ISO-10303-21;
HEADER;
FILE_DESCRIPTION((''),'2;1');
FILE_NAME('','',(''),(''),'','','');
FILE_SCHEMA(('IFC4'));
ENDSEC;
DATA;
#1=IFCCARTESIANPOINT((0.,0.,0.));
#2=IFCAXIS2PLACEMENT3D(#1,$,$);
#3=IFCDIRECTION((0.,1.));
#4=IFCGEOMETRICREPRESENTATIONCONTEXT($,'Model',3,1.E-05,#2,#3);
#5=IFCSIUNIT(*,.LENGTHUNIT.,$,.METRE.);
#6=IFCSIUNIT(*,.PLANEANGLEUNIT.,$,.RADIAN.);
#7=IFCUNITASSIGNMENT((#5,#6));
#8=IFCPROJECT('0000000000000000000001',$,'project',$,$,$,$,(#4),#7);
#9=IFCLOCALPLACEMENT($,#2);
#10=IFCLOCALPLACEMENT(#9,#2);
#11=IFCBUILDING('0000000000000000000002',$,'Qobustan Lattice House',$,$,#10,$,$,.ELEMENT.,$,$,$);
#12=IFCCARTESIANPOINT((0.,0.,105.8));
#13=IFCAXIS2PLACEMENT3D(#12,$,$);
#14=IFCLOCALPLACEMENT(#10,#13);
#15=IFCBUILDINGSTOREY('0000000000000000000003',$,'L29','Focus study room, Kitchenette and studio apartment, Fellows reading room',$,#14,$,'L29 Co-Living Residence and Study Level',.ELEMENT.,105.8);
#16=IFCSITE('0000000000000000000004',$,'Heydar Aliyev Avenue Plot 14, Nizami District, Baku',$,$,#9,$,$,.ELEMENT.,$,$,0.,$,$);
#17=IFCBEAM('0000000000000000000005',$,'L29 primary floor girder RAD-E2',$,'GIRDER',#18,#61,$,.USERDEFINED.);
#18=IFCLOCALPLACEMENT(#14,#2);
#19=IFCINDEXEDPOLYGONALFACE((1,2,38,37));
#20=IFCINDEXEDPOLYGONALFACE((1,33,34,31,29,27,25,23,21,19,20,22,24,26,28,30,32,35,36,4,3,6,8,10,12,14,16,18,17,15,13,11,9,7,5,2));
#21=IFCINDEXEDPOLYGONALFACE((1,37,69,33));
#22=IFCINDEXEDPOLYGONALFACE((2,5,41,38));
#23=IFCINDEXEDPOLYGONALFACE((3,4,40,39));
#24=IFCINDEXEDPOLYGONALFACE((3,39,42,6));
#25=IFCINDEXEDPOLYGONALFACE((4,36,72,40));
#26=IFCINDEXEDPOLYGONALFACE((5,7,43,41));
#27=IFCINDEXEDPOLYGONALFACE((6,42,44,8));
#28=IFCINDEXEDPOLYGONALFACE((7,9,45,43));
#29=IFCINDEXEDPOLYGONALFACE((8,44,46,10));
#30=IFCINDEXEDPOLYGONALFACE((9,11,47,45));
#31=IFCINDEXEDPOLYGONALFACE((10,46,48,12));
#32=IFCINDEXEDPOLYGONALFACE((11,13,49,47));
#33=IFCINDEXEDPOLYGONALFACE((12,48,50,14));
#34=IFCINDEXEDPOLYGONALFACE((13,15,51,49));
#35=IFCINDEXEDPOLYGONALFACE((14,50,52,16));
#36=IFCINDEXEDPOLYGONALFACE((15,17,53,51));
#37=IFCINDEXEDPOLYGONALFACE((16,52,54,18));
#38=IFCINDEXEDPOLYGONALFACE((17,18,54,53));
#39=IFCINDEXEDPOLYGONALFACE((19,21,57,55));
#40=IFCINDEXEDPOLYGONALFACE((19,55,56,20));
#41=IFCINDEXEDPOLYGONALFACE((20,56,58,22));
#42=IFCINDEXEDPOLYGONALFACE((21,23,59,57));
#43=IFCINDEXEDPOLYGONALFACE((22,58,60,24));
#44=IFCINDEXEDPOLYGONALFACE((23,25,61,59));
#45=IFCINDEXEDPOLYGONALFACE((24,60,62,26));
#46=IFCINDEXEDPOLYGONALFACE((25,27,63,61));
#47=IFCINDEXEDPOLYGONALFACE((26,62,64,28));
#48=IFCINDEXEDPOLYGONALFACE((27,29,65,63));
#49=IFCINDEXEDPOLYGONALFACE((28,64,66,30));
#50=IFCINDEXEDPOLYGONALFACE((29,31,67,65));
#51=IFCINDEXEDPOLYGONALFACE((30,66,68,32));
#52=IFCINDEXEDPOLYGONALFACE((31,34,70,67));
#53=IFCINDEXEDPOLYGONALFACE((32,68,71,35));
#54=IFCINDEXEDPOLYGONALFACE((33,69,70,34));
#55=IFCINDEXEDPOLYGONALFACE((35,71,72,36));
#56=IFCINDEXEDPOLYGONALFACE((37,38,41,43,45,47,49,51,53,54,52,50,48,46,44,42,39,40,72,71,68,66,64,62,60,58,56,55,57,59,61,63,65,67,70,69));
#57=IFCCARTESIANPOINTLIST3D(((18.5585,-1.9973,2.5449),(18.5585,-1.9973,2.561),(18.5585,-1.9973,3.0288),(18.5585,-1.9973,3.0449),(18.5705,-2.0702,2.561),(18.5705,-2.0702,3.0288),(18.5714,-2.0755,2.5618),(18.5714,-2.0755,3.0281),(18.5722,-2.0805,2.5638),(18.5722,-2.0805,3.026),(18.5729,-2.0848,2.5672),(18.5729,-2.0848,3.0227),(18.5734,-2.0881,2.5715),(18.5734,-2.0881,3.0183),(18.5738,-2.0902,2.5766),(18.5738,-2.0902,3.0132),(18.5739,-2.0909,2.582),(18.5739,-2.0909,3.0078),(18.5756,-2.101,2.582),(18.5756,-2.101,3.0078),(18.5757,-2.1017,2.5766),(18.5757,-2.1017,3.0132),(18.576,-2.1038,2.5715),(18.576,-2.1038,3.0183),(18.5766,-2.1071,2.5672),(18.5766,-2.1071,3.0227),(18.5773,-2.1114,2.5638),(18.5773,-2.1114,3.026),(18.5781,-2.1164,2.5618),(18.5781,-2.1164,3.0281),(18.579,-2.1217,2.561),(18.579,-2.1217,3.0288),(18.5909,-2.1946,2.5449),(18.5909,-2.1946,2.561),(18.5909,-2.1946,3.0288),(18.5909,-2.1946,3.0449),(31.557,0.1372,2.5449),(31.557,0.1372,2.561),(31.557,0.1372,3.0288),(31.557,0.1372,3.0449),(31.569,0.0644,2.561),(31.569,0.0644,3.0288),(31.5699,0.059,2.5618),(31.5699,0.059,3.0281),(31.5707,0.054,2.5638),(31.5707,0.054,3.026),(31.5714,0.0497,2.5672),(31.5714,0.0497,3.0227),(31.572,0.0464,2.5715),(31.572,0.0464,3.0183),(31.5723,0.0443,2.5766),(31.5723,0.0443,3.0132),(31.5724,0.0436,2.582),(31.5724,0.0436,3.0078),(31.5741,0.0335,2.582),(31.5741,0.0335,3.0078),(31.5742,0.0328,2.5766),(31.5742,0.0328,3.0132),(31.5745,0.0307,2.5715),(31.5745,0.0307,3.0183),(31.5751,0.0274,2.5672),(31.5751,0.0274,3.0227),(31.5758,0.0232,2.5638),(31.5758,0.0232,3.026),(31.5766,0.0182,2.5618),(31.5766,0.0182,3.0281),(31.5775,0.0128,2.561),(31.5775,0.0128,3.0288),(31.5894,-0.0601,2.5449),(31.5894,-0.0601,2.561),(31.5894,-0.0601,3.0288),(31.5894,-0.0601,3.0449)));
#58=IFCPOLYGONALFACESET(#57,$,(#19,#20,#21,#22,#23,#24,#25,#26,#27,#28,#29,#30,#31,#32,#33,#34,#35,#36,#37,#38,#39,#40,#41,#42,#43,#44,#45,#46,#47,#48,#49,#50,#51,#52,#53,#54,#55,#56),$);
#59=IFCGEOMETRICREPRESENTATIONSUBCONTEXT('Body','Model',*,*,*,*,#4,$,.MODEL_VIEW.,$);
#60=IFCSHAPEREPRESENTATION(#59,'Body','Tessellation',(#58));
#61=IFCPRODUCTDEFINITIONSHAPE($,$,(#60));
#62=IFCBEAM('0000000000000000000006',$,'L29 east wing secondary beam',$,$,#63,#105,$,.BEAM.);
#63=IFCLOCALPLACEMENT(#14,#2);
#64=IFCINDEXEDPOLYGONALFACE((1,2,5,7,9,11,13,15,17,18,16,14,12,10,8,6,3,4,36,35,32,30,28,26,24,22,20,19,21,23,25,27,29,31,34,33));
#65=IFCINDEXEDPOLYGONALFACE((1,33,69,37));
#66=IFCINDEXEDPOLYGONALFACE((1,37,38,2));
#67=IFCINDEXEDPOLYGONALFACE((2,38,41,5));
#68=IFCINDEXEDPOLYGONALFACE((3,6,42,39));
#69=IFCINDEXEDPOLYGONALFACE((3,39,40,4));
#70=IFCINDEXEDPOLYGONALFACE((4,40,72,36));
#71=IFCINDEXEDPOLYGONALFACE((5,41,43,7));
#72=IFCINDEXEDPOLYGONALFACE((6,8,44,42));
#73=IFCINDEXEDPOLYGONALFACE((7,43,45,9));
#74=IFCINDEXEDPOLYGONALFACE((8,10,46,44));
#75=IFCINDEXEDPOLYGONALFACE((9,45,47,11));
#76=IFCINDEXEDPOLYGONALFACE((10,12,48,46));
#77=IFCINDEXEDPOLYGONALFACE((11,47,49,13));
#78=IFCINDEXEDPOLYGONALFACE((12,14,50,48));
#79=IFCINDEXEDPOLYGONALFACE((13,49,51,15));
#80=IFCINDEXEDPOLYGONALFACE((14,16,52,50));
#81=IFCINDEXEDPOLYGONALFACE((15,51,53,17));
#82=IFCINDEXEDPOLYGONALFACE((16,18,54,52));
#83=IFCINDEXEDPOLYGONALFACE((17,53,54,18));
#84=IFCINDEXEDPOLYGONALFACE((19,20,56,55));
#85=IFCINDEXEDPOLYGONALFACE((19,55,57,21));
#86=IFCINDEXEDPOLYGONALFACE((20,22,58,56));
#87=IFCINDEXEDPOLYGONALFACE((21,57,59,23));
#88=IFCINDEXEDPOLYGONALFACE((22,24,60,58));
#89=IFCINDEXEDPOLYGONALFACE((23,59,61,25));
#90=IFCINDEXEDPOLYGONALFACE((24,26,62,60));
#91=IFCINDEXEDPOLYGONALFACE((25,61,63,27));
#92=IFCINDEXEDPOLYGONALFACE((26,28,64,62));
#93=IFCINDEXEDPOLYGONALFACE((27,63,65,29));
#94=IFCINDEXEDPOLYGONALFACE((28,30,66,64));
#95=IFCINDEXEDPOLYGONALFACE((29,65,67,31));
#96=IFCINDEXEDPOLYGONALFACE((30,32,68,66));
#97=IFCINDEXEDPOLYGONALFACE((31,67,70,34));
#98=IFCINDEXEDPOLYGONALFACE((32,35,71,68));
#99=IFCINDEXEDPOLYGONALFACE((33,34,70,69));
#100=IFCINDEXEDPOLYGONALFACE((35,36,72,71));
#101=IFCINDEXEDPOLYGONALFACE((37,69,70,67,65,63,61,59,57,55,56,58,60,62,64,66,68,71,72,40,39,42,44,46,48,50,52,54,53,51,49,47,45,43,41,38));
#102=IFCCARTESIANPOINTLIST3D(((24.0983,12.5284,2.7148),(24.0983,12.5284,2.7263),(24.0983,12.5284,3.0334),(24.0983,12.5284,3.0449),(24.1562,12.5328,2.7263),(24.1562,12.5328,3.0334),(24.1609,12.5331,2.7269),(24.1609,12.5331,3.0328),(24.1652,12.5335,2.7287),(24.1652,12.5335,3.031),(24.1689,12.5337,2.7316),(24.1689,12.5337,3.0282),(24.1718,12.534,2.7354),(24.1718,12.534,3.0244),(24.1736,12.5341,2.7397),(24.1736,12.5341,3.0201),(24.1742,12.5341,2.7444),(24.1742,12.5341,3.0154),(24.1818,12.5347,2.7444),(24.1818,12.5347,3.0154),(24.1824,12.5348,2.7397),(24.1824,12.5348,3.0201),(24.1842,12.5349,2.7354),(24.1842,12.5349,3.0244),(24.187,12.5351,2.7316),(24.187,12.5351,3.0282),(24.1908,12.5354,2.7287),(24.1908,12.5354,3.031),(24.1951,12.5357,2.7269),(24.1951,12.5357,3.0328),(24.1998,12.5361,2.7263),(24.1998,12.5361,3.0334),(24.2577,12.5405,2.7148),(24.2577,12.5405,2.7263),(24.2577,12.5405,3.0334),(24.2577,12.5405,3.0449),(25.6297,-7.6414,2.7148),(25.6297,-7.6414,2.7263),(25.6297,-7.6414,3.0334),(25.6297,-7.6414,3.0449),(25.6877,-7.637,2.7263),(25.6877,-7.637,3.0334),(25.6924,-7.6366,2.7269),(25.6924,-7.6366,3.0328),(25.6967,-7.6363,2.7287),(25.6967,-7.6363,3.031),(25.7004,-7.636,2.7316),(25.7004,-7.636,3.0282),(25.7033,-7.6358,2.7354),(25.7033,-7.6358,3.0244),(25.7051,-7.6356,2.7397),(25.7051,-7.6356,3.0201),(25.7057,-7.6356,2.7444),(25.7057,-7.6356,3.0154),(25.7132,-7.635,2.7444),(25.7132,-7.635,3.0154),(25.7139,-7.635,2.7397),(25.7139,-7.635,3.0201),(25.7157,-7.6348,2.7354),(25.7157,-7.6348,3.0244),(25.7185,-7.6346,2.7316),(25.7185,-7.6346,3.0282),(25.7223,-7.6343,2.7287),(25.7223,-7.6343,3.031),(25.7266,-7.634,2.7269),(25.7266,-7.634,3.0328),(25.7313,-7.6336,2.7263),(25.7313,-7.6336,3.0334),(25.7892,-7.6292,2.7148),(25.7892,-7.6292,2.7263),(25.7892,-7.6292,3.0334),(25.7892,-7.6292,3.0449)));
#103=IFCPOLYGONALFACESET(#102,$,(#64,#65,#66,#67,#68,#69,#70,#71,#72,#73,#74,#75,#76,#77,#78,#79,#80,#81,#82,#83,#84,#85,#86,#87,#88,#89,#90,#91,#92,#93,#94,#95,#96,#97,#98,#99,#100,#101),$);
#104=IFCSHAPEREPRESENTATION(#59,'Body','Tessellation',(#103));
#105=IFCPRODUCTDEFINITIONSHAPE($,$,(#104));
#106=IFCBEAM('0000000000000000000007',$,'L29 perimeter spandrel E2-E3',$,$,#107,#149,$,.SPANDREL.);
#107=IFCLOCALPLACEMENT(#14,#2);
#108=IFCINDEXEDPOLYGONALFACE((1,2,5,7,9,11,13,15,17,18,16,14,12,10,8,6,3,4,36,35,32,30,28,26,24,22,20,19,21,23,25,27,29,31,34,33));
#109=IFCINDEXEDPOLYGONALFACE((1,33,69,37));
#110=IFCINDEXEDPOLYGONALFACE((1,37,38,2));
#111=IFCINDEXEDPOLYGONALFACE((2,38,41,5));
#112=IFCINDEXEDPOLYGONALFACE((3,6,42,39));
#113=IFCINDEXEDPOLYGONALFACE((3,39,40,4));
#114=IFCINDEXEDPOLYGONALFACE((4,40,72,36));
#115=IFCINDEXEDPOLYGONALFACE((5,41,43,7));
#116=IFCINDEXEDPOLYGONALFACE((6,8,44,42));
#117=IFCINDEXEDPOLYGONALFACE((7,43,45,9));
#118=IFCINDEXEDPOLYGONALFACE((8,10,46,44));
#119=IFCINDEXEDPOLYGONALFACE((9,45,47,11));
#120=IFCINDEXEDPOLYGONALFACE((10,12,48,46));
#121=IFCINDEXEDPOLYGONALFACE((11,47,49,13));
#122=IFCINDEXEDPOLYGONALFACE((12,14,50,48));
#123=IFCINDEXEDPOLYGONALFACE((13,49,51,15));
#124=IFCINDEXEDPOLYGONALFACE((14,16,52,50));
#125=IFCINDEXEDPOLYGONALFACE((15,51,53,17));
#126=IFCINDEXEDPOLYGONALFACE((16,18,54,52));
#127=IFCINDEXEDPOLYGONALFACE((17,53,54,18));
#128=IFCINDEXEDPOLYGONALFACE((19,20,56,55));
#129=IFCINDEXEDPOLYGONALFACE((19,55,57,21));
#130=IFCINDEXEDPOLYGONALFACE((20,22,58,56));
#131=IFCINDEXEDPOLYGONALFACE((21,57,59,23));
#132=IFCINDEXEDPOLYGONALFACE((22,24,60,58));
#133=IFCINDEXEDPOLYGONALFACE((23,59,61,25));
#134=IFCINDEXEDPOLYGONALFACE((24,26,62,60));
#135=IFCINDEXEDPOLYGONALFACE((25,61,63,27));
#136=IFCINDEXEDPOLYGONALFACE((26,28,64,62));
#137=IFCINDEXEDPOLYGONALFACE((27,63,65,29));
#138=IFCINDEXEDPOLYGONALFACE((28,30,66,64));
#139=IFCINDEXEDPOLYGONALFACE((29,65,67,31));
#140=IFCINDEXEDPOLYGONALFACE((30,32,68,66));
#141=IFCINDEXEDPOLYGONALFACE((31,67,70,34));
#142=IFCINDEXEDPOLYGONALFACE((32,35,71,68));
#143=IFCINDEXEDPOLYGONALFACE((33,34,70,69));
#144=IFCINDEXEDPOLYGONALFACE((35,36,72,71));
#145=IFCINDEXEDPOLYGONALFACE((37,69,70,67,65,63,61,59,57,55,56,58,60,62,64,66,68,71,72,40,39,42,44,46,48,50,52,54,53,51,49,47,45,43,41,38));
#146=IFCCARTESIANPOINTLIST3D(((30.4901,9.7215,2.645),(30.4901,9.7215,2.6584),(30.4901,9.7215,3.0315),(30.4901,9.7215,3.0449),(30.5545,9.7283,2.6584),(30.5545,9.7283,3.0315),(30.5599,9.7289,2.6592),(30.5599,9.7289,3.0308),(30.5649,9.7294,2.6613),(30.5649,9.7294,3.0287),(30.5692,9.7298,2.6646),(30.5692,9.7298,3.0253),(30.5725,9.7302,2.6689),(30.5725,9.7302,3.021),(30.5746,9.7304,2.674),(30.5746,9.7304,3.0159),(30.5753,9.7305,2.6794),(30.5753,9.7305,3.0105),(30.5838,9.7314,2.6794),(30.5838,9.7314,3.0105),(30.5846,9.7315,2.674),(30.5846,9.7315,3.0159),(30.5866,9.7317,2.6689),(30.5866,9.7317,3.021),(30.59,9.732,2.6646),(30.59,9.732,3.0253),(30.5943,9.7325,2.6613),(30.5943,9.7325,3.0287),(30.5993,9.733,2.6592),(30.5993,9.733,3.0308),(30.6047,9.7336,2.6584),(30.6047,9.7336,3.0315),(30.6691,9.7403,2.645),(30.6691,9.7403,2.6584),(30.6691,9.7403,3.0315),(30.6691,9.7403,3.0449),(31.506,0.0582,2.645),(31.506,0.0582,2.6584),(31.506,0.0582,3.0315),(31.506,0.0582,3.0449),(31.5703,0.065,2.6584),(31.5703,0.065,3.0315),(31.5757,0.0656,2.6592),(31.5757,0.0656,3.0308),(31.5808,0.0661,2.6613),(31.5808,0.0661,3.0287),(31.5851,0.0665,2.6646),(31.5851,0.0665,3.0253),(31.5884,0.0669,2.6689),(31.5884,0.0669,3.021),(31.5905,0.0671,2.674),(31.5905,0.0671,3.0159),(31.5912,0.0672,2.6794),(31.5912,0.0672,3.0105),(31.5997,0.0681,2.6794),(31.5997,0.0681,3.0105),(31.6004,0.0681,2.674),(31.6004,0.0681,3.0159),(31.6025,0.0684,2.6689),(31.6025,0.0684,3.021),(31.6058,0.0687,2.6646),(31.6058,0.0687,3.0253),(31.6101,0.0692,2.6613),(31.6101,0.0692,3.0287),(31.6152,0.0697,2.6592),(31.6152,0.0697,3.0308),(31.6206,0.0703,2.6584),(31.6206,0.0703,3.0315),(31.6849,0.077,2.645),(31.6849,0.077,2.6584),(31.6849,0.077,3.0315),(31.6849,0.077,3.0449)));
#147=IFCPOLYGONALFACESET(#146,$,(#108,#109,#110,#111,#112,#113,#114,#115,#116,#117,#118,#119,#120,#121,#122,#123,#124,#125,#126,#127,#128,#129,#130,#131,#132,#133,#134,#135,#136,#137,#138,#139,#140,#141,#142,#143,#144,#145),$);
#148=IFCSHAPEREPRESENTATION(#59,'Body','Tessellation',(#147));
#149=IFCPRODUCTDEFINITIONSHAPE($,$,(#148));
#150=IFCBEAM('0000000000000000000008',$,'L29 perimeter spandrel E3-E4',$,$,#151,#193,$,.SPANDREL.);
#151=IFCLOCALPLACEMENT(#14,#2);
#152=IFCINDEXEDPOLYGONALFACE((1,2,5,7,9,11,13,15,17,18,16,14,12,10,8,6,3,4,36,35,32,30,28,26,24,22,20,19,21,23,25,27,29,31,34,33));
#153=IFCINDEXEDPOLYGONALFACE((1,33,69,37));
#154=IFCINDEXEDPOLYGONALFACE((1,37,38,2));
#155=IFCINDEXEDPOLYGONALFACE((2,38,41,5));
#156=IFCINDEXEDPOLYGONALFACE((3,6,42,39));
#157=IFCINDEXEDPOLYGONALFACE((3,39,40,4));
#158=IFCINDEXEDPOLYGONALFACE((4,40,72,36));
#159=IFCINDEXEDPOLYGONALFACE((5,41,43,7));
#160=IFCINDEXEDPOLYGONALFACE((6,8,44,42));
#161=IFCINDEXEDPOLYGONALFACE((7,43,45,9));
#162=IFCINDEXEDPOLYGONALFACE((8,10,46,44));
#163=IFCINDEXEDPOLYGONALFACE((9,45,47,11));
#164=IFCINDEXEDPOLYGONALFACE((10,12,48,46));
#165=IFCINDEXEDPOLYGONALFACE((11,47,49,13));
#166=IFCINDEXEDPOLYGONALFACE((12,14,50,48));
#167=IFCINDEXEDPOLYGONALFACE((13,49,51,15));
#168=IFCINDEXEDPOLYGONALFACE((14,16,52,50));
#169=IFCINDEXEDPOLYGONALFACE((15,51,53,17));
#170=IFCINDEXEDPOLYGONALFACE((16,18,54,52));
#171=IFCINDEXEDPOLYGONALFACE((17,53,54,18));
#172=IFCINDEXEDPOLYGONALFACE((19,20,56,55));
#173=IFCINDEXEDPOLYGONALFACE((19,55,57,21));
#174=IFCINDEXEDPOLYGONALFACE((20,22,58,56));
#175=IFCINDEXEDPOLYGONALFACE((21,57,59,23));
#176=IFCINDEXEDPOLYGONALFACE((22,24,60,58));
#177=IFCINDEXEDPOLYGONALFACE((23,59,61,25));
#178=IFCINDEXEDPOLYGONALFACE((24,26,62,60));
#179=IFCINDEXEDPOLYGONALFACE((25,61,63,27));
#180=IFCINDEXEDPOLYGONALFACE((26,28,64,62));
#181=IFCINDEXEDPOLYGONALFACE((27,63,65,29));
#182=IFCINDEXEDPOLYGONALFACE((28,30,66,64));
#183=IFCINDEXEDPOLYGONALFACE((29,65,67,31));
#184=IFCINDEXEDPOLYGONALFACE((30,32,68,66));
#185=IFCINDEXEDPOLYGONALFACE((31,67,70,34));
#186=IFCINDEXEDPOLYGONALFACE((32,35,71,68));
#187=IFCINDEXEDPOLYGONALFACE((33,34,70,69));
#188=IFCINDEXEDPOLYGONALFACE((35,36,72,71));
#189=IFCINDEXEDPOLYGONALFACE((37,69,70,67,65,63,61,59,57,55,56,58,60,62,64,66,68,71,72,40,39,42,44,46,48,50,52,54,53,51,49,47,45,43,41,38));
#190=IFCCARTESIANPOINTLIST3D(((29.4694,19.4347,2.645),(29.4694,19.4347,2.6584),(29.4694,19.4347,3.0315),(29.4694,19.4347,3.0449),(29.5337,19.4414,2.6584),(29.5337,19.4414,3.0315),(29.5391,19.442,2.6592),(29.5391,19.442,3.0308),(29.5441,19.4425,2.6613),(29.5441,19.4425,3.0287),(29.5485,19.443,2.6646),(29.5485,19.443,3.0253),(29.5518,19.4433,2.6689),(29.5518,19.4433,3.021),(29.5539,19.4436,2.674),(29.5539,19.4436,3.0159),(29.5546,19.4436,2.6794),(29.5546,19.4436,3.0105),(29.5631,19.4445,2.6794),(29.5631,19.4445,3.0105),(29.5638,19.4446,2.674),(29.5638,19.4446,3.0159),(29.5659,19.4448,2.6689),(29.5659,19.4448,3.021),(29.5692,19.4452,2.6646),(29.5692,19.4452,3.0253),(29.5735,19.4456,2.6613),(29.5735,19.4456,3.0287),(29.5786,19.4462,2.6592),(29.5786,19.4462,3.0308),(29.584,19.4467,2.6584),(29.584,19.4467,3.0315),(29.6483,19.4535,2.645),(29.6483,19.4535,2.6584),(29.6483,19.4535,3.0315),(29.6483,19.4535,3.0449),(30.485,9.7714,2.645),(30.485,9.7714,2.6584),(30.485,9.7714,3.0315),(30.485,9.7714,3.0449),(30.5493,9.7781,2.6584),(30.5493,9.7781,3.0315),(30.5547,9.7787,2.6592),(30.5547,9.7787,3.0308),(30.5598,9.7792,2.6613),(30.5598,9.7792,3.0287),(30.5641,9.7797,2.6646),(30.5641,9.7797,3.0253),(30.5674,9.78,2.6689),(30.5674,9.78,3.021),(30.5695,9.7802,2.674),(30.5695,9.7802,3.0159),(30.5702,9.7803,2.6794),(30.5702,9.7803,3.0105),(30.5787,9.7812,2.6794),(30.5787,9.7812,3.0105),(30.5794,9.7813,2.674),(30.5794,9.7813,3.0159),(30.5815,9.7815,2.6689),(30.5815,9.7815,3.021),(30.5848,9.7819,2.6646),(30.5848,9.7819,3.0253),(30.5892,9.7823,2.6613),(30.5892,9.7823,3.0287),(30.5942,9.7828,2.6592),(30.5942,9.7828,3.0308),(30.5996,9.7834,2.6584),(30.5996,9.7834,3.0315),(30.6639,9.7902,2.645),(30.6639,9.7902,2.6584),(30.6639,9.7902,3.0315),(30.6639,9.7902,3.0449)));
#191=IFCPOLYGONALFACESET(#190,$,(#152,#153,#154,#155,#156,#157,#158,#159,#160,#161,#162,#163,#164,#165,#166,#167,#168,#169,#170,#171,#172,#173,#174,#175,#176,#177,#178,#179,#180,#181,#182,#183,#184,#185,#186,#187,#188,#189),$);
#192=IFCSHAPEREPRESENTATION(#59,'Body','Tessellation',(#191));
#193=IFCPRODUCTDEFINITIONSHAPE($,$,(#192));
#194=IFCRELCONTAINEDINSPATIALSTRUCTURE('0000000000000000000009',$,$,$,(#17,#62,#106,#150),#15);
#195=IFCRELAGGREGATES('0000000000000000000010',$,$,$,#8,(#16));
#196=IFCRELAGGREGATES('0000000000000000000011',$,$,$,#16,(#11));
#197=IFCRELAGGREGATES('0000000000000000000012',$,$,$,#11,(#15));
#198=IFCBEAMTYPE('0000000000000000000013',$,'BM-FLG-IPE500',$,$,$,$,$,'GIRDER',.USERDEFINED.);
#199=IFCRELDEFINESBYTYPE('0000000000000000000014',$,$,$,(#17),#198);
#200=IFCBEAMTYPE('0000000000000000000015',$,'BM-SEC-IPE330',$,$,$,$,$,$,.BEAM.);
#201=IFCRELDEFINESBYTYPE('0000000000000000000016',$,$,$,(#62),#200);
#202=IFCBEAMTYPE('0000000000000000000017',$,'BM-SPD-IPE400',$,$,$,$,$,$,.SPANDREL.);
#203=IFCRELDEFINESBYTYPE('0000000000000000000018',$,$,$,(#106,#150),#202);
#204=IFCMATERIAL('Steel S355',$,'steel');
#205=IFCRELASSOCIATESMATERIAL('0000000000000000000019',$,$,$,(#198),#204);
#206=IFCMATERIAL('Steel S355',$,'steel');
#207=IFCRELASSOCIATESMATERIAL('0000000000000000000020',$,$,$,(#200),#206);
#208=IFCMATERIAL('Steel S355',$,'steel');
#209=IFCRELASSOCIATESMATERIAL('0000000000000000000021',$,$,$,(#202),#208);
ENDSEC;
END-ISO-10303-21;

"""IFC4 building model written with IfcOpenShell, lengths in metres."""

from ifc_helpers import new_model, si_unit, direction, frame, origin, origin_2d, place, context, subcontext, project, spatial, i_section, extrude, material, material_profile, profile_set, type_object, element, save


model = new_model("IFC4")

# Units and contexts
model_context = context("Model", 3, precision=1e-05, world=origin(), true_north=direction((0.0, 1.0)))
body_context = subcontext(model_context, "Body", "Model", "MODEL_VIEW")
ifc_project = project(units=[si_unit("LENGTHUNIT", "METRE"), si_unit("PLANEANGLEUNIT", "RADIAN")], contexts=[model_context])

# Site, building, storey
site_placement = place(None, origin())
site = spatial("IfcSite", under=ifc_project, at=site_placement, Name="Heydar Aliyev Avenue Plot 14, Nizami District, Baku", CompositionType="ELEMENT", RefElevation=0.0)
building_placement = place(site_placement, origin())
building = spatial("IfcBuilding", under=site, at=building_placement, Name="Qobustan Lattice House", CompositionType="ELEMENT")
storey_placement = place(building_placement, frame((0.0, 0.0, 105.8)))
storey = spatial("IfcBuildingStorey", under=building, at=storey_placement, Name="L29", Description="Focus study room, Kitchenette and studio apartment, Fellows reading room", LongName="L29 Co-Living Residence and Study Level", CompositionType="ELEMENT", Elevation=105.8)

# Beams
ifc_material_1 = material(Name="Steel S355", Category="steel")
ifc_material_profile_1 = material_profile(ifc_material_1, i_section(OverallWidth=0.2, OverallDepth=0.5, WebThickness=0.0103, FlangeThickness=0.0161, FilletRadius=0.021, at=origin_2d()), Name="IPE500")
ifc_profile_set_1 = profile_set([ifc_material_profile_1], Name="Steel S355")
beam_type_1 = type_object("IfcBeamType", Name="BM-FLG-IPE500", ElementType="GIRDER", PredefinedType="USERDEFINED", material=ifc_profile_set_1)
beam_1_placement = place(storey_placement, frame((31.5732, 0.0386, 2.7949), z_axis=(-0.986784, -0.162042, 0.0), x_axis=(0.162042, -0.986784, 0.0)))
element("IfcBeam", 1, at=beam_1_placement, inside=storey, type_object=beam_type_1, Name="L29 primary floor girder RAD-E2", ObjectType="GIRDER", PredefinedType="USERDEFINED", context=body_context, shape_type="SweptSolid", body=[
    extrude(i_section(OverallWidth=0.2, OverallDepth=0.5, WebThickness=0.0103, FlangeThickness=0.0161, FilletRadius=0.021, at=origin_2d()), origin(), (0.0, 0.0, 1.0), 13.1726),
])
ifc_material_2 = material(Name="Steel S355", Category="steel")
ifc_material_profile_2 = material_profile(ifc_material_2, i_section(OverallWidth=0.1599, OverallDepth=0.3301, WebThickness=0.0076, FlangeThickness=0.0115, FilletRadius=0.0181, at=origin_2d()), Name="IPE330")
ifc_profile_set_2 = profile_set([ifc_material_profile_2], Name="Steel S355")
beam_type_2 = type_object("IfcBeamType", Name="BM-SEC-IPE330", PredefinedType="BEAM", material=ifc_profile_set_2)
beam_2_placement = place(storey_placement, frame((24.178, 12.5344, 2.8799), z_axis=(0.075713, -0.99713, 0.0), x_axis=(0.99713, 0.075713, 0.0)))
element("IfcBeam", 2, at=beam_2_placement, inside=storey, type_object=beam_type_2, Name="L29 east wing secondary beam", PredefinedType="BEAM", context=body_context, shape_type="SweptSolid", body=[
    extrude(i_section(OverallWidth=0.1599, OverallDepth=0.3301, WebThickness=0.0076, FlangeThickness=0.0115, FilletRadius=0.0181, at=origin_2d()), origin(), (0.0, 0.0, 1.0), 20.2278),
])
ifc_material_3 = material(Name="Steel S355", Category="steel")
ifc_material_profile_3 = material_profile(ifc_material_3, i_section(OverallWidth=0.1799, OverallDepth=0.3999, WebThickness=0.0085, FlangeThickness=0.0134, FilletRadius=0.021, at=origin_2d()), Name="IPE400")
ifc_profile_set_3 = profile_set([ifc_material_profile_3], Name="Steel S355")
beam_type_3 = type_object("IfcBeamType", Name="BM-SPD-IPE400", PredefinedType="SPANDREL", material=ifc_profile_set_3)
for number, where, z_axis, x_axis, name in (
    (3, (31.5955, 0.0676, 2.845), (-0.10455, 0.99452, 0.0), (-0.99452, -0.10455, 0.0), "L29 perimeter spandrel E2-E3"),
    (4, (30.5745, 9.7808, 2.845), (-0.104525, 0.994522, 0.0), (-0.994522, -0.104525, 0.0), "L29 perimeter spandrel E3-E4"),
):
    element("IfcBeam", number, at=place(storey_placement, frame(where, z_axis=z_axis, x_axis=x_axis)), inside=storey, type_object=beam_type_3, Name=name, PredefinedType="SPANDREL", context=body_context, shape_type="SweptSolid", body=[
        extrude(i_section(OverallWidth=0.1799, OverallDepth=0.3999, WebThickness=0.0085, FlangeThickness=0.0134, FilletRadius=0.021, at=origin_2d()), origin(), (0.0, 0.0, 1.0), 9.7166),
    ])

save(model, "model.ifc")
